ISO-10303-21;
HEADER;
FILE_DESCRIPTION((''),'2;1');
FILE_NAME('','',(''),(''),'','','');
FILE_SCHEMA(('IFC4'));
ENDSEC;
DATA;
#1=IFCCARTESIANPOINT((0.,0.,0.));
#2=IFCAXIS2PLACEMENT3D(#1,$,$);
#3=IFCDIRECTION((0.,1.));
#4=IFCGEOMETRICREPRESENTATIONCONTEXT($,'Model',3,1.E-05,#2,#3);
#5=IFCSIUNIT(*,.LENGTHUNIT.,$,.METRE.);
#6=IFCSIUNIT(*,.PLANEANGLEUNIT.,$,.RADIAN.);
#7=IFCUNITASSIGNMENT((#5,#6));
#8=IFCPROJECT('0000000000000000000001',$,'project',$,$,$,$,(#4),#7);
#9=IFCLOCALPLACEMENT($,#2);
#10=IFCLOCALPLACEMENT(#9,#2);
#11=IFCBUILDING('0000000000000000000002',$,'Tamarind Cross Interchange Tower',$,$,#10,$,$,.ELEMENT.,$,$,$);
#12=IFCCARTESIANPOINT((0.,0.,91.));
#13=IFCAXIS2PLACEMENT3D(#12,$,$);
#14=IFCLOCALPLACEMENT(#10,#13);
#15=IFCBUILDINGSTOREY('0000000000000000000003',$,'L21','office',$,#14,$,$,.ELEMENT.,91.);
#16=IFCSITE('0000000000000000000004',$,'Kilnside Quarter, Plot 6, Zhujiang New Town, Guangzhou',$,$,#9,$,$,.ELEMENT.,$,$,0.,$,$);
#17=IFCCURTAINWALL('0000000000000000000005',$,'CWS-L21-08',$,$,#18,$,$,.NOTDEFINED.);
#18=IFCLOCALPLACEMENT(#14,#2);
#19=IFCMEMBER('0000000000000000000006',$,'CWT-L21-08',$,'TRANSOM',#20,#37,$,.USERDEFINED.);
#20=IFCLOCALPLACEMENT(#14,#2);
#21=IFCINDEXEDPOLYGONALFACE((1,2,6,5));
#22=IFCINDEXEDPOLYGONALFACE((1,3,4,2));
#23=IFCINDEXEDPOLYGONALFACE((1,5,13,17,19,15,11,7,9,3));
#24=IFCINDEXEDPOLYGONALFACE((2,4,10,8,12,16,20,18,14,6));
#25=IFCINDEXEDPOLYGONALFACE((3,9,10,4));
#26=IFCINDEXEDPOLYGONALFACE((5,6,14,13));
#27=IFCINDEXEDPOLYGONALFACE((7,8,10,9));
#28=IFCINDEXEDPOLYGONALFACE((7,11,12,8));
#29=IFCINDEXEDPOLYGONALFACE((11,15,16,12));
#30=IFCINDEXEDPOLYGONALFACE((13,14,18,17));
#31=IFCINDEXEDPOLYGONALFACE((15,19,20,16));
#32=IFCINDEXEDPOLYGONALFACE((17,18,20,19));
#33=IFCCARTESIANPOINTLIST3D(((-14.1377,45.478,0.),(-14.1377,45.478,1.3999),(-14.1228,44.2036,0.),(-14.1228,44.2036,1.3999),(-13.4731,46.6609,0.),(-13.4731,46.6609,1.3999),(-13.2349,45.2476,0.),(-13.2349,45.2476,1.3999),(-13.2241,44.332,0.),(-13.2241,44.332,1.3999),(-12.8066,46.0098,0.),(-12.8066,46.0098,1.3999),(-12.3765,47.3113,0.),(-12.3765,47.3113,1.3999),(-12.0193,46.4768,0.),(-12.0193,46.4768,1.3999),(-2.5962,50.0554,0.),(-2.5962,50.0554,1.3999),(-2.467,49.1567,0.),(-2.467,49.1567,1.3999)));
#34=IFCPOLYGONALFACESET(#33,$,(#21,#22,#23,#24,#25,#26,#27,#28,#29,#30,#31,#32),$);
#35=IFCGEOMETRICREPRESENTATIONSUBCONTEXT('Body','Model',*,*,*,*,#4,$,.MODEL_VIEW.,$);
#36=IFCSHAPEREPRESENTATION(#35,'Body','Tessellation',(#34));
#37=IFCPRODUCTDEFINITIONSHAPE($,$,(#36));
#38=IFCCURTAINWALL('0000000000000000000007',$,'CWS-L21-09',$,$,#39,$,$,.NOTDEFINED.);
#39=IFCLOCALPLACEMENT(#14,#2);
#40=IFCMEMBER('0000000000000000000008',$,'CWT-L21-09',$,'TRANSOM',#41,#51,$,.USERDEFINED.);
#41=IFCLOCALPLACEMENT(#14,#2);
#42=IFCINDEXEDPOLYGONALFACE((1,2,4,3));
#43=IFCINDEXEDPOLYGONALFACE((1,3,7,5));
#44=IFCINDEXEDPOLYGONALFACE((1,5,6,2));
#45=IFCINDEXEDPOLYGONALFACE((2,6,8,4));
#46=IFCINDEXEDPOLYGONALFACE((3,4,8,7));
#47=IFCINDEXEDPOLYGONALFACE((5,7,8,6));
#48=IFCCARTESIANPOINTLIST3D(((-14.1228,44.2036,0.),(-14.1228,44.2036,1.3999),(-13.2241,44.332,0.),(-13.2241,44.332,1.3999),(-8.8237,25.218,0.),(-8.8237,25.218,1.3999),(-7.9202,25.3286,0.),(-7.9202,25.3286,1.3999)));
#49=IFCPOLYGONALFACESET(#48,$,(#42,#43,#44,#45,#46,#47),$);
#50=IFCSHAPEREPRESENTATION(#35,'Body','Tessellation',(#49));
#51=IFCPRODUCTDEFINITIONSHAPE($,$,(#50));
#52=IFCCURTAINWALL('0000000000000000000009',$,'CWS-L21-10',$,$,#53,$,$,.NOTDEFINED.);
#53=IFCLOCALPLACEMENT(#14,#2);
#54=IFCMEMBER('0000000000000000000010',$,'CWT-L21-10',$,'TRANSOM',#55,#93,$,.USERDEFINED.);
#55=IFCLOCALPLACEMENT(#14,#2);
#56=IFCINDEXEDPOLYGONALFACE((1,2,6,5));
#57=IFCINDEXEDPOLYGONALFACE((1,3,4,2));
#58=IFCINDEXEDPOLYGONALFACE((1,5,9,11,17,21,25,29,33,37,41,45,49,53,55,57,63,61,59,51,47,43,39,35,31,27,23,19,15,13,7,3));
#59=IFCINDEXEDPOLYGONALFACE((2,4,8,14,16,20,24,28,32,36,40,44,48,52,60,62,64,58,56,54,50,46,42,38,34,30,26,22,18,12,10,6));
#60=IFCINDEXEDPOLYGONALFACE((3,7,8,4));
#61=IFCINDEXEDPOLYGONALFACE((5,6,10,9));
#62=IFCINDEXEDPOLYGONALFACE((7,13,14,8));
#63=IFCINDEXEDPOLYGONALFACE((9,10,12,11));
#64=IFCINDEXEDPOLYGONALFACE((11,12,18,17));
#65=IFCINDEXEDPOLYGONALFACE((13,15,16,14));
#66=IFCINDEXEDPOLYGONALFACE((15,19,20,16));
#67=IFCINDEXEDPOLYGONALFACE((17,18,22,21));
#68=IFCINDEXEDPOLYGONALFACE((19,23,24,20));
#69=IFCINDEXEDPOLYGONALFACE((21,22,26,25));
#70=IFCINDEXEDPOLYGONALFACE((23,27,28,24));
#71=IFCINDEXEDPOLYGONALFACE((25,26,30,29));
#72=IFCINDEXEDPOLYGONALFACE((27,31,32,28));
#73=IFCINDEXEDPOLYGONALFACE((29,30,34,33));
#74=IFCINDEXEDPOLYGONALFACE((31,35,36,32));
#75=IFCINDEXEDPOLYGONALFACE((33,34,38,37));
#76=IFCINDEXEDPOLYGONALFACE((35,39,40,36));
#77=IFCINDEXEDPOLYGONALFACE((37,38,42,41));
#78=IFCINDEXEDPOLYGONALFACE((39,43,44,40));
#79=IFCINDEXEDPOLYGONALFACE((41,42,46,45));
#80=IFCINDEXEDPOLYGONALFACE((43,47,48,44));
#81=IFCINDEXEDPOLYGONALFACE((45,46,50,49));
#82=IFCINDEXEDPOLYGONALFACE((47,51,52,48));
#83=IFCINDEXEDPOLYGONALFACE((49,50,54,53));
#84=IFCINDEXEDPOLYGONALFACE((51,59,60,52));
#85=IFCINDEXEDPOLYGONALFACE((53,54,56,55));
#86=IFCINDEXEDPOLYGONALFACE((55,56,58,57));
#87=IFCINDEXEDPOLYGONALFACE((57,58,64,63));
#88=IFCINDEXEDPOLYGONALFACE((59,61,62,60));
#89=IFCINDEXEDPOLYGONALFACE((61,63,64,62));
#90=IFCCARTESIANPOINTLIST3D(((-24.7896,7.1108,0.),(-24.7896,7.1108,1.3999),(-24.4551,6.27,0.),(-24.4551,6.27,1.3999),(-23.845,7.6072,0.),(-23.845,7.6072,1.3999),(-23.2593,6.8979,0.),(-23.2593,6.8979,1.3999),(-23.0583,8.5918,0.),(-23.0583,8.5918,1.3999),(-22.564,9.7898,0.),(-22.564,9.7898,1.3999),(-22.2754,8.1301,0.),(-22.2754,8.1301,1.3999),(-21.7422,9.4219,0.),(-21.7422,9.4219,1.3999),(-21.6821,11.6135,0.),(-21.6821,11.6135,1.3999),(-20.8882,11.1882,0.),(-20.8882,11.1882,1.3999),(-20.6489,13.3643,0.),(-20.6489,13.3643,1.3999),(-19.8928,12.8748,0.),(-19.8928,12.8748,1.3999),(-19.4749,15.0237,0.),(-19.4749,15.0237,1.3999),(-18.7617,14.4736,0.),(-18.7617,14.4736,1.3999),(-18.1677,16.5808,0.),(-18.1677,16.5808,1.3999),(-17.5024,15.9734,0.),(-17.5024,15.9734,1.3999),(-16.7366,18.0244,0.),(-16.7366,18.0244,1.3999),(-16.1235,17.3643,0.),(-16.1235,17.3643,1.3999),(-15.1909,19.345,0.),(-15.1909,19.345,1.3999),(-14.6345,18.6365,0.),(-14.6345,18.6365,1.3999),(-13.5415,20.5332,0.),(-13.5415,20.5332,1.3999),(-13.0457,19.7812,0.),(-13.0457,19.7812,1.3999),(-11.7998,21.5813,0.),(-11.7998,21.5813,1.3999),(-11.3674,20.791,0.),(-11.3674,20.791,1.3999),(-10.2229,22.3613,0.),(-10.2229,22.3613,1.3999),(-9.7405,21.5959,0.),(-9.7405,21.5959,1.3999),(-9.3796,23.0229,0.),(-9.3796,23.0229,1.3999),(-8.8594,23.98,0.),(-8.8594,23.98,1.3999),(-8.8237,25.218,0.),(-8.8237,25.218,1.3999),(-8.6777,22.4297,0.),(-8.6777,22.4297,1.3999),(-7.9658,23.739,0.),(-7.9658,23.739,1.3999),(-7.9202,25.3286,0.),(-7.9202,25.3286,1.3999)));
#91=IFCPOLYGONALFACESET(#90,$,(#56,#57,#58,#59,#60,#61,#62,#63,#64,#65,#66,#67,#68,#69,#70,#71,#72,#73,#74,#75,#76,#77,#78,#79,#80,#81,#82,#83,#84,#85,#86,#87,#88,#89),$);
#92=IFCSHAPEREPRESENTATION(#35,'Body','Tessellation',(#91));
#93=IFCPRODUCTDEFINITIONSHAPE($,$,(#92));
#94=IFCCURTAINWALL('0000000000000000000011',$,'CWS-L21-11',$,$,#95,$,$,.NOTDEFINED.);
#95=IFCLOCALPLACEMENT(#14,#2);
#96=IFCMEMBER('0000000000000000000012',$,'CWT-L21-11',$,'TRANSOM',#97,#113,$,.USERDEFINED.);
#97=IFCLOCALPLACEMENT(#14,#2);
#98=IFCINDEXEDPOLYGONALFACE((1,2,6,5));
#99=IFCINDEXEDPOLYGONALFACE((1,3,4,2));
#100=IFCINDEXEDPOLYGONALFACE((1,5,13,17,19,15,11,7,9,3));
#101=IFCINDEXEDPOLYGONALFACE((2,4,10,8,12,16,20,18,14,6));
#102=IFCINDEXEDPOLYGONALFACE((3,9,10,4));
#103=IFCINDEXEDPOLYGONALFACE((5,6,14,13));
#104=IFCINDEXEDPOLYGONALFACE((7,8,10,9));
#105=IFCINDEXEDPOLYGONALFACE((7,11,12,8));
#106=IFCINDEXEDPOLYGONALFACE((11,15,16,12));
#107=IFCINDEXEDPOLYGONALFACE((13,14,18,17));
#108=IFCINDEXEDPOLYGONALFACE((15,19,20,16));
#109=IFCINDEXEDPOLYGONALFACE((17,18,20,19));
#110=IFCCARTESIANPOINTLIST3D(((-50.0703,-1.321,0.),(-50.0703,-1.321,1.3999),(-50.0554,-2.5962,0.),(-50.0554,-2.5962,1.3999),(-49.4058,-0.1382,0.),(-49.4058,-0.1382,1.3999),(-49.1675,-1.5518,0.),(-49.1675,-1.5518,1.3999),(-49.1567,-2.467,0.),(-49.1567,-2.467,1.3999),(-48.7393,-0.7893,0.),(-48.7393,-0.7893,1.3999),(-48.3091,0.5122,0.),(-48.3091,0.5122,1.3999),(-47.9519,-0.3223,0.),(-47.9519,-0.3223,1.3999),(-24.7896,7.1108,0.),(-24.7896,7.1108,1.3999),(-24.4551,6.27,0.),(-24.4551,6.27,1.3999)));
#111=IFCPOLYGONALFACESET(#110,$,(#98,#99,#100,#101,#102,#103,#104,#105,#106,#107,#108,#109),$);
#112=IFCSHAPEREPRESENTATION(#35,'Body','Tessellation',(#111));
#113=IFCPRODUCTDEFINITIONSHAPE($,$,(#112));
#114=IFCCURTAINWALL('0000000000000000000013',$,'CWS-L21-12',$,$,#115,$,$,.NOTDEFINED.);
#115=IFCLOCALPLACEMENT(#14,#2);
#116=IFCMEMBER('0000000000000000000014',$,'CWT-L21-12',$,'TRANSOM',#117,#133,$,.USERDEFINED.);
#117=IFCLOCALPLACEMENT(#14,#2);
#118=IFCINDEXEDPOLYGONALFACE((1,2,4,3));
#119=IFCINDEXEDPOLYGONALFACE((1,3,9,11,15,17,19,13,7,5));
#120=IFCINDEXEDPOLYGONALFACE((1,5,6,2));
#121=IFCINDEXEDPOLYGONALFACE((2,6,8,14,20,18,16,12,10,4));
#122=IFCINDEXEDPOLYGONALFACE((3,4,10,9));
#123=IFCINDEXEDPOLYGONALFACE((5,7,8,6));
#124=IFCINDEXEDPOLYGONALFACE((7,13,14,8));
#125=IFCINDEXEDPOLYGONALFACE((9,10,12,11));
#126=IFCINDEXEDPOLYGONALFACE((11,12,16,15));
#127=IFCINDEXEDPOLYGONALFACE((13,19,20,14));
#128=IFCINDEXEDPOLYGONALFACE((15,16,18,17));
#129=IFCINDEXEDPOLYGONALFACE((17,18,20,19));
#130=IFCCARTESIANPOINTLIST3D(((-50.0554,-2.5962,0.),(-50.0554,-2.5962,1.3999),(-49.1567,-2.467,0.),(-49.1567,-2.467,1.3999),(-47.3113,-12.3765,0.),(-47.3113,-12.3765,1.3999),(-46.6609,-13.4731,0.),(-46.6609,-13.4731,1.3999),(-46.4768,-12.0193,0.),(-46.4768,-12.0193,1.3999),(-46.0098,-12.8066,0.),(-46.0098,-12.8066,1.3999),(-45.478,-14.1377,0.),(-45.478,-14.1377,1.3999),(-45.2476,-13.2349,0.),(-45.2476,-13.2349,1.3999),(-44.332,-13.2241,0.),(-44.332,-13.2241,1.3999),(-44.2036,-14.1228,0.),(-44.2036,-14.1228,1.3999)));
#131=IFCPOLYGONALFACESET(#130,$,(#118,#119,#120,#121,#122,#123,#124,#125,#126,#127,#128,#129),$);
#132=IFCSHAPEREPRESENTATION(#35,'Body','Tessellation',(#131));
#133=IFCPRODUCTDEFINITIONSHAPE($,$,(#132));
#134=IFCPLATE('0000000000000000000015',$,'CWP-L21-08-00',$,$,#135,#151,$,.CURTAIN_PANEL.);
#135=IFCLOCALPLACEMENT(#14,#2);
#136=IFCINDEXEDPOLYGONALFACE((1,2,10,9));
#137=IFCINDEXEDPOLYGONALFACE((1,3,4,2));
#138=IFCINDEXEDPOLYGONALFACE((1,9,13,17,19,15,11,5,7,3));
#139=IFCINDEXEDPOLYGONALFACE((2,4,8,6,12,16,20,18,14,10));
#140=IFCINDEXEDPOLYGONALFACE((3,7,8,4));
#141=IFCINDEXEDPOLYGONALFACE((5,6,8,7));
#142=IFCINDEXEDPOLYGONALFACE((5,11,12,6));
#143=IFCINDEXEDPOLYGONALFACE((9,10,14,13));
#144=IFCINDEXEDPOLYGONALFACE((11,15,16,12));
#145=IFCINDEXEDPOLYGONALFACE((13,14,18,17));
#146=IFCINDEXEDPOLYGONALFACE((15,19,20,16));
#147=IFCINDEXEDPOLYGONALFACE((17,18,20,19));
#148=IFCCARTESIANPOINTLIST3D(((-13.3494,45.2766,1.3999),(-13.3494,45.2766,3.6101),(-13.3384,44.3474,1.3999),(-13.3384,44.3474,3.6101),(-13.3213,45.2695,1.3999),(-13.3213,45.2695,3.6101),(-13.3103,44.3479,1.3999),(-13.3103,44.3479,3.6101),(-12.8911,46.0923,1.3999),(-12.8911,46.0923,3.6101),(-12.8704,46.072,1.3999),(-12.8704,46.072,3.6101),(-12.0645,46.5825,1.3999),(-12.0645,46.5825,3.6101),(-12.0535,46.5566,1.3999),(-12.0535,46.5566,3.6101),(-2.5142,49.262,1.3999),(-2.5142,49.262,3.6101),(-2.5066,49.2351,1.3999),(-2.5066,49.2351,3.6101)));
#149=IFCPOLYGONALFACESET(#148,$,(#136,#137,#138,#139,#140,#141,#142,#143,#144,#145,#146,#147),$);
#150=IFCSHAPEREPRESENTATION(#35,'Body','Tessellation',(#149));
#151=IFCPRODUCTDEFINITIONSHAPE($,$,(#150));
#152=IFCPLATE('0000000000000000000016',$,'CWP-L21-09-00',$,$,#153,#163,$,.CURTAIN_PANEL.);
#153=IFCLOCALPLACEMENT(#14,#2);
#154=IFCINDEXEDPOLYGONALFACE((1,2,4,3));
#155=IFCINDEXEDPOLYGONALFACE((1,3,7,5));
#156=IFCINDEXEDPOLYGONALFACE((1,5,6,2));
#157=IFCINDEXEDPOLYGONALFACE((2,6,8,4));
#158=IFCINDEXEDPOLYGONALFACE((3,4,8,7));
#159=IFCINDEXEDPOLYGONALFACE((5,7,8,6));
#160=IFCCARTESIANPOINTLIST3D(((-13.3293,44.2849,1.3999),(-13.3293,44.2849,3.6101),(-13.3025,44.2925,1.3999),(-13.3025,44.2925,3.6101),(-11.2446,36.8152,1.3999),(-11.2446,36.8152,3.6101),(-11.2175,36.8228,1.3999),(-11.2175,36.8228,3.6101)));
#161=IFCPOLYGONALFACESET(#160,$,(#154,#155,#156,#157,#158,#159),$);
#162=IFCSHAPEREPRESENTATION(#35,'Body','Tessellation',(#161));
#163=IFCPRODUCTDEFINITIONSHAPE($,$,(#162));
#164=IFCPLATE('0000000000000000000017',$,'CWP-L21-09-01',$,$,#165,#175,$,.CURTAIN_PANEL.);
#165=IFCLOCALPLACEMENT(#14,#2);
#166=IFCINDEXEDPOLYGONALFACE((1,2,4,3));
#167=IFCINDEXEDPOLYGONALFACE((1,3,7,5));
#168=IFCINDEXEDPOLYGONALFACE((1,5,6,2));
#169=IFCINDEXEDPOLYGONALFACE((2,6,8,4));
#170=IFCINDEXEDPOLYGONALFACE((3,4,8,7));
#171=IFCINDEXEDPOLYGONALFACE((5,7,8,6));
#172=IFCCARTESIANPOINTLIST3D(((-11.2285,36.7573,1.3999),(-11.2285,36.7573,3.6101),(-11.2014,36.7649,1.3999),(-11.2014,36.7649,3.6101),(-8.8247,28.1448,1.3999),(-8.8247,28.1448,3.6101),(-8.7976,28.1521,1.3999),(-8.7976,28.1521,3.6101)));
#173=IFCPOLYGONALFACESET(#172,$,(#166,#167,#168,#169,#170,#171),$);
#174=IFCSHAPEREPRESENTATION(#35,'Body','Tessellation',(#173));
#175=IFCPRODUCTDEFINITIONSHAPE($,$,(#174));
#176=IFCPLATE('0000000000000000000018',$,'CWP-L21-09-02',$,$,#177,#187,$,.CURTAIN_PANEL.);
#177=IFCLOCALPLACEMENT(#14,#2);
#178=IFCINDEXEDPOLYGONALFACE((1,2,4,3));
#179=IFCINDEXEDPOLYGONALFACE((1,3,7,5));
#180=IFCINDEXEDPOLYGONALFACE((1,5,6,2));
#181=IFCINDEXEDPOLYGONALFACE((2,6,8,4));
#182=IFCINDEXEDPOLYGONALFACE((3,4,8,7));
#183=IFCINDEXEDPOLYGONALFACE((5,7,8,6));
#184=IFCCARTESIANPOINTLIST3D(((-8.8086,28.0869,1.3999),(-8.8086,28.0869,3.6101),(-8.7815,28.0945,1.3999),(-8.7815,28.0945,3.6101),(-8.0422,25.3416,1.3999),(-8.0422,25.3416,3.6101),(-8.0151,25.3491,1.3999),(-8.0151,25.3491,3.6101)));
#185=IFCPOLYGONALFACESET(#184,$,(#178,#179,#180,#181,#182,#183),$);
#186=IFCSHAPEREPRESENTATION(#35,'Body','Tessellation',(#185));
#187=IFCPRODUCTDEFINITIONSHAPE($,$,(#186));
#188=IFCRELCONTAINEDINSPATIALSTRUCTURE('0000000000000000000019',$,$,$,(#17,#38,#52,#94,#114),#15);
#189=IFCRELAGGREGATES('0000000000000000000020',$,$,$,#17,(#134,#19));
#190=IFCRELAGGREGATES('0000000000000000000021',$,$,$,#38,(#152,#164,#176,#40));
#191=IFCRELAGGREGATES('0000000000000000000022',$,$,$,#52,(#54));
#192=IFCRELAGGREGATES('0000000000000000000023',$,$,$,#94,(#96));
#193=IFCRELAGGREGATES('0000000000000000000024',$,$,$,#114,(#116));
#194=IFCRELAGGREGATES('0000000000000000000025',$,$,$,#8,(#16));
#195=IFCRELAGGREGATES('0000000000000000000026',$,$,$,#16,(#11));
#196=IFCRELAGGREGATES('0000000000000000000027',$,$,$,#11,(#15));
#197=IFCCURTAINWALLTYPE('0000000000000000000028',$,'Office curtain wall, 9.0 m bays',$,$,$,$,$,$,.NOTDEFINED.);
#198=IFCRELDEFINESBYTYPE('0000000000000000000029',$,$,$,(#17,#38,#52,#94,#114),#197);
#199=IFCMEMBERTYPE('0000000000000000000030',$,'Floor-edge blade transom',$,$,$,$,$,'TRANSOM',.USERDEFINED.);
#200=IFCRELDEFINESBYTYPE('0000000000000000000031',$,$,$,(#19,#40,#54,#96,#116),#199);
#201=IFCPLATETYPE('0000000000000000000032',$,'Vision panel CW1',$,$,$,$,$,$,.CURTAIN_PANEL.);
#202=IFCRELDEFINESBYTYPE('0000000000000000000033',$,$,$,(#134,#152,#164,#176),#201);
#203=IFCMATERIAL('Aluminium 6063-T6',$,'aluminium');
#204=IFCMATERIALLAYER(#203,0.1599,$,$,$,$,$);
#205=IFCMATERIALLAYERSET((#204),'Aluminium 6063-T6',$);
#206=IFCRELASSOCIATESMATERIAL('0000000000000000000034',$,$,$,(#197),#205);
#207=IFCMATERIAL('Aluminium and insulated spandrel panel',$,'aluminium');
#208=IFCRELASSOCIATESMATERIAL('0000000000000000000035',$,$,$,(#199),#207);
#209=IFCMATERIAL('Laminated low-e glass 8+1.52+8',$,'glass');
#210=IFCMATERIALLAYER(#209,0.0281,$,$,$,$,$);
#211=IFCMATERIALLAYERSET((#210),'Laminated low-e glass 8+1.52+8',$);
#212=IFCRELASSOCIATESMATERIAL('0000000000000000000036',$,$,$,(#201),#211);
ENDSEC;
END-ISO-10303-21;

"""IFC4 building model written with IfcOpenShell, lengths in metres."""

from ifc_helpers import new_model, si_unit, direction, frame, origin, place, context, subcontext, project, spatial, polyline, outline, extrude, material, layer, layer_set, type_object, element, aggregate, save


model = new_model("IFC4")

# Units and contexts
model_context = context("Model", 3, precision=1e-05, world=origin(), true_north=direction((0.0, 1.0)))
body_context = subcontext(model_context, "Body", "Model", "MODEL_VIEW")
ifc_project = project(units=[si_unit("LENGTHUNIT", "METRE"), si_unit("PLANEANGLEUNIT", "RADIAN")], contexts=[model_context])

# Site, building, storey
site_placement = place(None, origin())
site = spatial("IfcSite", under=ifc_project, at=site_placement, Name="Kilnside Quarter, Plot 6, Zhujiang New Town, Guangzhou", CompositionType="ELEMENT", RefElevation=0.0)
building_placement = place(site_placement, origin())
building = spatial("IfcBuilding", under=site, at=building_placement, Name="Tamarind Cross Interchange Tower", CompositionType="ELEMENT")
storey_placement = place(building_placement, frame((0.0, 0.0, 91.0)))
storey = spatial("IfcBuildingStorey", under=building, at=storey_placement, Name="L21", Description="office", CompositionType="ELEMENT", Elevation=91.0)

# Curtain walls, members
ifc_material_1 = material(Name="Aluminium 6063-T6", Category="aluminium")
ifc_layer_1 = layer(ifc_material_1, 0.1599)
ifc_layer_set_1 = layer_set([ifc_layer_1], Name="Aluminium 6063-T6")
curtain_wall_type = type_object("IfcCurtainWallType", Name="Office curtain wall, 9.0 m bays", PredefinedType="NOTDEFINED", material=ifc_layer_set_1)
curtain_wall_1_placement = place(storey_placement, origin())
curtain_wall_1 = element("IfcCurtainWall", 1, at=curtain_wall_1_placement, inside=storey, type_object=curtain_wall_type, Name="CWS-L21-08", PredefinedType="NOTDEFINED")
ifc_material_2 = material(Name="Aluminium and insulated spandrel panel", Category="aluminium")
member_type = type_object("IfcMemberType", Name="Floor-edge blade transom", ElementType="TRANSOM", PredefinedType="USERDEFINED", material=ifc_material_2)
member_1_placement = place(storey_placement, origin())
member_1 = element("IfcMember", 2, at=member_1_placement, type_object=member_type, Name="CWT-L21-08", ObjectType="TRANSOM", PredefinedType="USERDEFINED", context=body_context, shape_type="SweptSolid", body=[
    extrude(outline(polyline([(-2.467, 49.1567), (-12.0193, 46.4768), (-12.8066, 46.0098), (-13.2349, 45.2476), (-13.2241, 44.332), (-14.1228, 44.2036), (-14.1377, 45.478), (-13.4731, 46.6609), (-12.3765, 47.3113), (-2.5962, 50.0554), (-2.467, 49.1567)])), origin(), (0.0, 0.0, 1.0), 1.3999),
])
curtain_wall_2_placement = place(storey_placement, origin())
curtain_wall_2 = element("IfcCurtainWall", 3, at=curtain_wall_2_placement, inside=storey, type_object=curtain_wall_type, Name="CWS-L21-09", PredefinedType="NOTDEFINED")
member_2_placement = place(storey_placement, origin())
member_2 = element("IfcMember", 4, at=member_2_placement, type_object=member_type, Name="CWT-L21-09", ObjectType="TRANSOM", PredefinedType="USERDEFINED", context=body_context, shape_type="SweptSolid", body=[
    extrude(outline(polyline([(-13.2241, 44.332), (-7.9202, 25.3286), (-8.8237, 25.218), (-14.1228, 44.2036), (-13.2241, 44.332)])), origin(), (0.0, 0.0, 1.0), 1.3999),
])
curtain_wall_3_placement = place(storey_placement, origin())
curtain_wall_3 = element("IfcCurtainWall", 5, at=curtain_wall_3_placement, inside=storey, type_object=curtain_wall_type, Name="CWS-L21-10", PredefinedType="NOTDEFINED")
member_3_placement = place(storey_placement, origin())
member_3 = element("IfcMember", 6, at=member_3_placement, type_object=member_type, Name="CWT-L21-10", ObjectType="TRANSOM", PredefinedType="USERDEFINED", context=body_context, shape_type="SweptSolid", body=[
    extrude(outline(polyline([(-7.9202, 25.3286), (-7.9658, 23.739), (-8.6777, 22.4297), (-9.7405, 21.5959), (-11.3674, 20.791), (-13.0457, 19.7812), (-14.6345, 18.6365), (-16.1235, 17.3643), (-17.5024, 15.9734), (-18.7617, 14.4736), (-19.8928, 12.8748), (-20.8882, 11.1882), (-21.7422, 9.4219), (-22.2754, 8.1301), (-23.2593, 6.8979), (-24.4551, 6.27), (-24.7896, 7.1108), (-23.845, 7.6072), (-23.0583, 8.5918), (-22.564, 9.7898), (-21.6821, 11.6135), (-20.6489, 13.3643), (-19.4749, 15.0237), (-18.1677, 16.5808), (-16.7366, 18.0244), (-15.1909, 19.345), (-13.5415, 20.5332), (-11.7998, 21.5813), (-10.2229, 22.3613), (-9.3796, 23.0229), (-8.8594, 23.98), (-8.8237, 25.218), (-7.9202, 25.3286)])), origin(), (0.0, 0.0, 1.0), 1.3999),
])
curtain_wall_4_placement = place(storey_placement, origin())
curtain_wall_4 = element("IfcCurtainWall", 7, at=curtain_wall_4_placement, inside=storey, type_object=curtain_wall_type, Name="CWS-L21-11", PredefinedType="NOTDEFINED")
member_4_placement = place(storey_placement, origin())
member_4 = element("IfcMember", 8, at=member_4_placement, type_object=member_type, Name="CWT-L21-11", ObjectType="TRANSOM", PredefinedType="USERDEFINED", context=body_context, shape_type="SweptSolid", body=[
    extrude(outline(polyline([(-24.4551, 6.27), (-47.9519, -0.3223), (-48.7393, -0.7893), (-49.1675, -1.5518), (-49.1567, -2.467), (-50.0554, -2.5962), (-50.0703, -1.321), (-49.4058, -0.1382), (-48.3091, 0.5122), (-24.7896, 7.1108), (-24.4551, 6.27)])), origin(), (0.0, 0.0, 1.0), 1.3999),
])
curtain_wall_5_placement = place(storey_placement, origin())
curtain_wall_5 = element("IfcCurtainWall", 9, at=curtain_wall_5_placement, inside=storey, type_object=curtain_wall_type, Name="CWS-L21-12", PredefinedType="NOTDEFINED")
member_5_placement = place(storey_placement, origin())
member_5 = element("IfcMember", 10, at=member_5_placement, type_object=member_type, Name="CWT-L21-12", ObjectType="TRANSOM", PredefinedType="USERDEFINED", context=body_context, shape_type="SweptSolid", body=[
    extrude(outline(polyline([(-49.1567, -2.467), (-46.4768, -12.0193), (-46.0098, -12.8066), (-45.2476, -13.2349), (-44.332, -13.2241), (-44.2036, -14.1228), (-45.478, -14.1377), (-46.6609, -13.4731), (-47.3113, -12.3765), (-50.0554, -2.5962), (-49.1567, -2.467)])), origin(), (0.0, 0.0, 1.0), 1.3999),
])

# Plates
ifc_material_3 = material(Name="Laminated low-e glass 8+1.52+8", Category="glass")
ifc_layer_2 = layer(ifc_material_3, 0.0281)
ifc_layer_set_2 = layer_set([ifc_layer_2], Name="Laminated low-e glass 8+1.52+8")
plate_type = type_object("IfcPlateType", Name="Vision panel CW1", PredefinedType="CURTAIN_PANEL", material=ifc_layer_set_2)
plate_1_placement = place(storey_placement, frame((0.0, 0.0, 1.3999)))
plate_1 = element("IfcPlate", 11, at=plate_1_placement, type_object=plate_type, Name="CWP-L21-08-00", PredefinedType="CURTAIN_PANEL", context=body_context, shape_type="SweptSolid", body=[
    extrude(outline(polyline([(-2.5066, 49.2351), (-12.0535, 46.5566), (-12.8704, 46.072), (-13.3213, 45.2695), (-13.3103, 44.3479), (-13.3384, 44.3474), (-13.3494, 45.2766), (-12.8911, 46.0923), (-12.0645, 46.5825), (-2.5142, 49.262), (-2.5066, 49.2351)])), origin(), (0.0, 0.0, 1.0), 2.2102),
])
aggregate(curtain_wall_1, [plate_1, member_1])
plate_2_placement = place(storey_placement, frame((0.0, 0.0, 1.3999)))
plate_2 = element("IfcPlate", 12, at=plate_2_placement, type_object=plate_type, Name="CWP-L21-09-00", PredefinedType="CURTAIN_PANEL", context=body_context, shape_type="SweptSolid", body=[
    extrude(outline(polyline([(-13.3025, 44.2925), (-11.2175, 36.8228), (-11.2446, 36.8152), (-13.3293, 44.2849), (-13.3025, 44.2925)])), origin(), (0.0, 0.0, 1.0), 2.2102),
])
plate_3_placement = place(storey_placement, frame((0.0, 0.0, 1.3999)))
plate_3 = element("IfcPlate", 13, at=plate_3_placement, type_object=plate_type, Name="CWP-L21-09-01", PredefinedType="CURTAIN_PANEL", context=body_context, shape_type="SweptSolid", body=[
    extrude(outline(polyline([(-11.2014, 36.7649), (-8.7976, 28.1521), (-8.8247, 28.1448), (-11.2285, 36.7573), (-11.2014, 36.7649)])), origin(), (0.0, 0.0, 1.0), 2.2102),
])
plate_4_placement = place(storey_placement, frame((0.0, 0.0, 1.3999)))
plate_4 = element("IfcPlate", 14, at=plate_4_placement, type_object=plate_type, Name="CWP-L21-09-02", PredefinedType="CURTAIN_PANEL", context=body_context, shape_type="SweptSolid", body=[
    extrude(outline(polyline([(-8.7815, 28.0945), (-8.0151, 25.3491), (-8.0422, 25.3416), (-8.8086, 28.0869), (-8.7815, 28.0945)])), origin(), (0.0, 0.0, 1.0), 2.2102),
])
aggregate(curtain_wall_2, [plate_2, plate_3, plate_4, member_2])
aggregate(curtain_wall_3, [member_3])
aggregate(curtain_wall_4, [member_4])
aggregate(curtain_wall_5, [member_5])

save(model, "model.ifc")
